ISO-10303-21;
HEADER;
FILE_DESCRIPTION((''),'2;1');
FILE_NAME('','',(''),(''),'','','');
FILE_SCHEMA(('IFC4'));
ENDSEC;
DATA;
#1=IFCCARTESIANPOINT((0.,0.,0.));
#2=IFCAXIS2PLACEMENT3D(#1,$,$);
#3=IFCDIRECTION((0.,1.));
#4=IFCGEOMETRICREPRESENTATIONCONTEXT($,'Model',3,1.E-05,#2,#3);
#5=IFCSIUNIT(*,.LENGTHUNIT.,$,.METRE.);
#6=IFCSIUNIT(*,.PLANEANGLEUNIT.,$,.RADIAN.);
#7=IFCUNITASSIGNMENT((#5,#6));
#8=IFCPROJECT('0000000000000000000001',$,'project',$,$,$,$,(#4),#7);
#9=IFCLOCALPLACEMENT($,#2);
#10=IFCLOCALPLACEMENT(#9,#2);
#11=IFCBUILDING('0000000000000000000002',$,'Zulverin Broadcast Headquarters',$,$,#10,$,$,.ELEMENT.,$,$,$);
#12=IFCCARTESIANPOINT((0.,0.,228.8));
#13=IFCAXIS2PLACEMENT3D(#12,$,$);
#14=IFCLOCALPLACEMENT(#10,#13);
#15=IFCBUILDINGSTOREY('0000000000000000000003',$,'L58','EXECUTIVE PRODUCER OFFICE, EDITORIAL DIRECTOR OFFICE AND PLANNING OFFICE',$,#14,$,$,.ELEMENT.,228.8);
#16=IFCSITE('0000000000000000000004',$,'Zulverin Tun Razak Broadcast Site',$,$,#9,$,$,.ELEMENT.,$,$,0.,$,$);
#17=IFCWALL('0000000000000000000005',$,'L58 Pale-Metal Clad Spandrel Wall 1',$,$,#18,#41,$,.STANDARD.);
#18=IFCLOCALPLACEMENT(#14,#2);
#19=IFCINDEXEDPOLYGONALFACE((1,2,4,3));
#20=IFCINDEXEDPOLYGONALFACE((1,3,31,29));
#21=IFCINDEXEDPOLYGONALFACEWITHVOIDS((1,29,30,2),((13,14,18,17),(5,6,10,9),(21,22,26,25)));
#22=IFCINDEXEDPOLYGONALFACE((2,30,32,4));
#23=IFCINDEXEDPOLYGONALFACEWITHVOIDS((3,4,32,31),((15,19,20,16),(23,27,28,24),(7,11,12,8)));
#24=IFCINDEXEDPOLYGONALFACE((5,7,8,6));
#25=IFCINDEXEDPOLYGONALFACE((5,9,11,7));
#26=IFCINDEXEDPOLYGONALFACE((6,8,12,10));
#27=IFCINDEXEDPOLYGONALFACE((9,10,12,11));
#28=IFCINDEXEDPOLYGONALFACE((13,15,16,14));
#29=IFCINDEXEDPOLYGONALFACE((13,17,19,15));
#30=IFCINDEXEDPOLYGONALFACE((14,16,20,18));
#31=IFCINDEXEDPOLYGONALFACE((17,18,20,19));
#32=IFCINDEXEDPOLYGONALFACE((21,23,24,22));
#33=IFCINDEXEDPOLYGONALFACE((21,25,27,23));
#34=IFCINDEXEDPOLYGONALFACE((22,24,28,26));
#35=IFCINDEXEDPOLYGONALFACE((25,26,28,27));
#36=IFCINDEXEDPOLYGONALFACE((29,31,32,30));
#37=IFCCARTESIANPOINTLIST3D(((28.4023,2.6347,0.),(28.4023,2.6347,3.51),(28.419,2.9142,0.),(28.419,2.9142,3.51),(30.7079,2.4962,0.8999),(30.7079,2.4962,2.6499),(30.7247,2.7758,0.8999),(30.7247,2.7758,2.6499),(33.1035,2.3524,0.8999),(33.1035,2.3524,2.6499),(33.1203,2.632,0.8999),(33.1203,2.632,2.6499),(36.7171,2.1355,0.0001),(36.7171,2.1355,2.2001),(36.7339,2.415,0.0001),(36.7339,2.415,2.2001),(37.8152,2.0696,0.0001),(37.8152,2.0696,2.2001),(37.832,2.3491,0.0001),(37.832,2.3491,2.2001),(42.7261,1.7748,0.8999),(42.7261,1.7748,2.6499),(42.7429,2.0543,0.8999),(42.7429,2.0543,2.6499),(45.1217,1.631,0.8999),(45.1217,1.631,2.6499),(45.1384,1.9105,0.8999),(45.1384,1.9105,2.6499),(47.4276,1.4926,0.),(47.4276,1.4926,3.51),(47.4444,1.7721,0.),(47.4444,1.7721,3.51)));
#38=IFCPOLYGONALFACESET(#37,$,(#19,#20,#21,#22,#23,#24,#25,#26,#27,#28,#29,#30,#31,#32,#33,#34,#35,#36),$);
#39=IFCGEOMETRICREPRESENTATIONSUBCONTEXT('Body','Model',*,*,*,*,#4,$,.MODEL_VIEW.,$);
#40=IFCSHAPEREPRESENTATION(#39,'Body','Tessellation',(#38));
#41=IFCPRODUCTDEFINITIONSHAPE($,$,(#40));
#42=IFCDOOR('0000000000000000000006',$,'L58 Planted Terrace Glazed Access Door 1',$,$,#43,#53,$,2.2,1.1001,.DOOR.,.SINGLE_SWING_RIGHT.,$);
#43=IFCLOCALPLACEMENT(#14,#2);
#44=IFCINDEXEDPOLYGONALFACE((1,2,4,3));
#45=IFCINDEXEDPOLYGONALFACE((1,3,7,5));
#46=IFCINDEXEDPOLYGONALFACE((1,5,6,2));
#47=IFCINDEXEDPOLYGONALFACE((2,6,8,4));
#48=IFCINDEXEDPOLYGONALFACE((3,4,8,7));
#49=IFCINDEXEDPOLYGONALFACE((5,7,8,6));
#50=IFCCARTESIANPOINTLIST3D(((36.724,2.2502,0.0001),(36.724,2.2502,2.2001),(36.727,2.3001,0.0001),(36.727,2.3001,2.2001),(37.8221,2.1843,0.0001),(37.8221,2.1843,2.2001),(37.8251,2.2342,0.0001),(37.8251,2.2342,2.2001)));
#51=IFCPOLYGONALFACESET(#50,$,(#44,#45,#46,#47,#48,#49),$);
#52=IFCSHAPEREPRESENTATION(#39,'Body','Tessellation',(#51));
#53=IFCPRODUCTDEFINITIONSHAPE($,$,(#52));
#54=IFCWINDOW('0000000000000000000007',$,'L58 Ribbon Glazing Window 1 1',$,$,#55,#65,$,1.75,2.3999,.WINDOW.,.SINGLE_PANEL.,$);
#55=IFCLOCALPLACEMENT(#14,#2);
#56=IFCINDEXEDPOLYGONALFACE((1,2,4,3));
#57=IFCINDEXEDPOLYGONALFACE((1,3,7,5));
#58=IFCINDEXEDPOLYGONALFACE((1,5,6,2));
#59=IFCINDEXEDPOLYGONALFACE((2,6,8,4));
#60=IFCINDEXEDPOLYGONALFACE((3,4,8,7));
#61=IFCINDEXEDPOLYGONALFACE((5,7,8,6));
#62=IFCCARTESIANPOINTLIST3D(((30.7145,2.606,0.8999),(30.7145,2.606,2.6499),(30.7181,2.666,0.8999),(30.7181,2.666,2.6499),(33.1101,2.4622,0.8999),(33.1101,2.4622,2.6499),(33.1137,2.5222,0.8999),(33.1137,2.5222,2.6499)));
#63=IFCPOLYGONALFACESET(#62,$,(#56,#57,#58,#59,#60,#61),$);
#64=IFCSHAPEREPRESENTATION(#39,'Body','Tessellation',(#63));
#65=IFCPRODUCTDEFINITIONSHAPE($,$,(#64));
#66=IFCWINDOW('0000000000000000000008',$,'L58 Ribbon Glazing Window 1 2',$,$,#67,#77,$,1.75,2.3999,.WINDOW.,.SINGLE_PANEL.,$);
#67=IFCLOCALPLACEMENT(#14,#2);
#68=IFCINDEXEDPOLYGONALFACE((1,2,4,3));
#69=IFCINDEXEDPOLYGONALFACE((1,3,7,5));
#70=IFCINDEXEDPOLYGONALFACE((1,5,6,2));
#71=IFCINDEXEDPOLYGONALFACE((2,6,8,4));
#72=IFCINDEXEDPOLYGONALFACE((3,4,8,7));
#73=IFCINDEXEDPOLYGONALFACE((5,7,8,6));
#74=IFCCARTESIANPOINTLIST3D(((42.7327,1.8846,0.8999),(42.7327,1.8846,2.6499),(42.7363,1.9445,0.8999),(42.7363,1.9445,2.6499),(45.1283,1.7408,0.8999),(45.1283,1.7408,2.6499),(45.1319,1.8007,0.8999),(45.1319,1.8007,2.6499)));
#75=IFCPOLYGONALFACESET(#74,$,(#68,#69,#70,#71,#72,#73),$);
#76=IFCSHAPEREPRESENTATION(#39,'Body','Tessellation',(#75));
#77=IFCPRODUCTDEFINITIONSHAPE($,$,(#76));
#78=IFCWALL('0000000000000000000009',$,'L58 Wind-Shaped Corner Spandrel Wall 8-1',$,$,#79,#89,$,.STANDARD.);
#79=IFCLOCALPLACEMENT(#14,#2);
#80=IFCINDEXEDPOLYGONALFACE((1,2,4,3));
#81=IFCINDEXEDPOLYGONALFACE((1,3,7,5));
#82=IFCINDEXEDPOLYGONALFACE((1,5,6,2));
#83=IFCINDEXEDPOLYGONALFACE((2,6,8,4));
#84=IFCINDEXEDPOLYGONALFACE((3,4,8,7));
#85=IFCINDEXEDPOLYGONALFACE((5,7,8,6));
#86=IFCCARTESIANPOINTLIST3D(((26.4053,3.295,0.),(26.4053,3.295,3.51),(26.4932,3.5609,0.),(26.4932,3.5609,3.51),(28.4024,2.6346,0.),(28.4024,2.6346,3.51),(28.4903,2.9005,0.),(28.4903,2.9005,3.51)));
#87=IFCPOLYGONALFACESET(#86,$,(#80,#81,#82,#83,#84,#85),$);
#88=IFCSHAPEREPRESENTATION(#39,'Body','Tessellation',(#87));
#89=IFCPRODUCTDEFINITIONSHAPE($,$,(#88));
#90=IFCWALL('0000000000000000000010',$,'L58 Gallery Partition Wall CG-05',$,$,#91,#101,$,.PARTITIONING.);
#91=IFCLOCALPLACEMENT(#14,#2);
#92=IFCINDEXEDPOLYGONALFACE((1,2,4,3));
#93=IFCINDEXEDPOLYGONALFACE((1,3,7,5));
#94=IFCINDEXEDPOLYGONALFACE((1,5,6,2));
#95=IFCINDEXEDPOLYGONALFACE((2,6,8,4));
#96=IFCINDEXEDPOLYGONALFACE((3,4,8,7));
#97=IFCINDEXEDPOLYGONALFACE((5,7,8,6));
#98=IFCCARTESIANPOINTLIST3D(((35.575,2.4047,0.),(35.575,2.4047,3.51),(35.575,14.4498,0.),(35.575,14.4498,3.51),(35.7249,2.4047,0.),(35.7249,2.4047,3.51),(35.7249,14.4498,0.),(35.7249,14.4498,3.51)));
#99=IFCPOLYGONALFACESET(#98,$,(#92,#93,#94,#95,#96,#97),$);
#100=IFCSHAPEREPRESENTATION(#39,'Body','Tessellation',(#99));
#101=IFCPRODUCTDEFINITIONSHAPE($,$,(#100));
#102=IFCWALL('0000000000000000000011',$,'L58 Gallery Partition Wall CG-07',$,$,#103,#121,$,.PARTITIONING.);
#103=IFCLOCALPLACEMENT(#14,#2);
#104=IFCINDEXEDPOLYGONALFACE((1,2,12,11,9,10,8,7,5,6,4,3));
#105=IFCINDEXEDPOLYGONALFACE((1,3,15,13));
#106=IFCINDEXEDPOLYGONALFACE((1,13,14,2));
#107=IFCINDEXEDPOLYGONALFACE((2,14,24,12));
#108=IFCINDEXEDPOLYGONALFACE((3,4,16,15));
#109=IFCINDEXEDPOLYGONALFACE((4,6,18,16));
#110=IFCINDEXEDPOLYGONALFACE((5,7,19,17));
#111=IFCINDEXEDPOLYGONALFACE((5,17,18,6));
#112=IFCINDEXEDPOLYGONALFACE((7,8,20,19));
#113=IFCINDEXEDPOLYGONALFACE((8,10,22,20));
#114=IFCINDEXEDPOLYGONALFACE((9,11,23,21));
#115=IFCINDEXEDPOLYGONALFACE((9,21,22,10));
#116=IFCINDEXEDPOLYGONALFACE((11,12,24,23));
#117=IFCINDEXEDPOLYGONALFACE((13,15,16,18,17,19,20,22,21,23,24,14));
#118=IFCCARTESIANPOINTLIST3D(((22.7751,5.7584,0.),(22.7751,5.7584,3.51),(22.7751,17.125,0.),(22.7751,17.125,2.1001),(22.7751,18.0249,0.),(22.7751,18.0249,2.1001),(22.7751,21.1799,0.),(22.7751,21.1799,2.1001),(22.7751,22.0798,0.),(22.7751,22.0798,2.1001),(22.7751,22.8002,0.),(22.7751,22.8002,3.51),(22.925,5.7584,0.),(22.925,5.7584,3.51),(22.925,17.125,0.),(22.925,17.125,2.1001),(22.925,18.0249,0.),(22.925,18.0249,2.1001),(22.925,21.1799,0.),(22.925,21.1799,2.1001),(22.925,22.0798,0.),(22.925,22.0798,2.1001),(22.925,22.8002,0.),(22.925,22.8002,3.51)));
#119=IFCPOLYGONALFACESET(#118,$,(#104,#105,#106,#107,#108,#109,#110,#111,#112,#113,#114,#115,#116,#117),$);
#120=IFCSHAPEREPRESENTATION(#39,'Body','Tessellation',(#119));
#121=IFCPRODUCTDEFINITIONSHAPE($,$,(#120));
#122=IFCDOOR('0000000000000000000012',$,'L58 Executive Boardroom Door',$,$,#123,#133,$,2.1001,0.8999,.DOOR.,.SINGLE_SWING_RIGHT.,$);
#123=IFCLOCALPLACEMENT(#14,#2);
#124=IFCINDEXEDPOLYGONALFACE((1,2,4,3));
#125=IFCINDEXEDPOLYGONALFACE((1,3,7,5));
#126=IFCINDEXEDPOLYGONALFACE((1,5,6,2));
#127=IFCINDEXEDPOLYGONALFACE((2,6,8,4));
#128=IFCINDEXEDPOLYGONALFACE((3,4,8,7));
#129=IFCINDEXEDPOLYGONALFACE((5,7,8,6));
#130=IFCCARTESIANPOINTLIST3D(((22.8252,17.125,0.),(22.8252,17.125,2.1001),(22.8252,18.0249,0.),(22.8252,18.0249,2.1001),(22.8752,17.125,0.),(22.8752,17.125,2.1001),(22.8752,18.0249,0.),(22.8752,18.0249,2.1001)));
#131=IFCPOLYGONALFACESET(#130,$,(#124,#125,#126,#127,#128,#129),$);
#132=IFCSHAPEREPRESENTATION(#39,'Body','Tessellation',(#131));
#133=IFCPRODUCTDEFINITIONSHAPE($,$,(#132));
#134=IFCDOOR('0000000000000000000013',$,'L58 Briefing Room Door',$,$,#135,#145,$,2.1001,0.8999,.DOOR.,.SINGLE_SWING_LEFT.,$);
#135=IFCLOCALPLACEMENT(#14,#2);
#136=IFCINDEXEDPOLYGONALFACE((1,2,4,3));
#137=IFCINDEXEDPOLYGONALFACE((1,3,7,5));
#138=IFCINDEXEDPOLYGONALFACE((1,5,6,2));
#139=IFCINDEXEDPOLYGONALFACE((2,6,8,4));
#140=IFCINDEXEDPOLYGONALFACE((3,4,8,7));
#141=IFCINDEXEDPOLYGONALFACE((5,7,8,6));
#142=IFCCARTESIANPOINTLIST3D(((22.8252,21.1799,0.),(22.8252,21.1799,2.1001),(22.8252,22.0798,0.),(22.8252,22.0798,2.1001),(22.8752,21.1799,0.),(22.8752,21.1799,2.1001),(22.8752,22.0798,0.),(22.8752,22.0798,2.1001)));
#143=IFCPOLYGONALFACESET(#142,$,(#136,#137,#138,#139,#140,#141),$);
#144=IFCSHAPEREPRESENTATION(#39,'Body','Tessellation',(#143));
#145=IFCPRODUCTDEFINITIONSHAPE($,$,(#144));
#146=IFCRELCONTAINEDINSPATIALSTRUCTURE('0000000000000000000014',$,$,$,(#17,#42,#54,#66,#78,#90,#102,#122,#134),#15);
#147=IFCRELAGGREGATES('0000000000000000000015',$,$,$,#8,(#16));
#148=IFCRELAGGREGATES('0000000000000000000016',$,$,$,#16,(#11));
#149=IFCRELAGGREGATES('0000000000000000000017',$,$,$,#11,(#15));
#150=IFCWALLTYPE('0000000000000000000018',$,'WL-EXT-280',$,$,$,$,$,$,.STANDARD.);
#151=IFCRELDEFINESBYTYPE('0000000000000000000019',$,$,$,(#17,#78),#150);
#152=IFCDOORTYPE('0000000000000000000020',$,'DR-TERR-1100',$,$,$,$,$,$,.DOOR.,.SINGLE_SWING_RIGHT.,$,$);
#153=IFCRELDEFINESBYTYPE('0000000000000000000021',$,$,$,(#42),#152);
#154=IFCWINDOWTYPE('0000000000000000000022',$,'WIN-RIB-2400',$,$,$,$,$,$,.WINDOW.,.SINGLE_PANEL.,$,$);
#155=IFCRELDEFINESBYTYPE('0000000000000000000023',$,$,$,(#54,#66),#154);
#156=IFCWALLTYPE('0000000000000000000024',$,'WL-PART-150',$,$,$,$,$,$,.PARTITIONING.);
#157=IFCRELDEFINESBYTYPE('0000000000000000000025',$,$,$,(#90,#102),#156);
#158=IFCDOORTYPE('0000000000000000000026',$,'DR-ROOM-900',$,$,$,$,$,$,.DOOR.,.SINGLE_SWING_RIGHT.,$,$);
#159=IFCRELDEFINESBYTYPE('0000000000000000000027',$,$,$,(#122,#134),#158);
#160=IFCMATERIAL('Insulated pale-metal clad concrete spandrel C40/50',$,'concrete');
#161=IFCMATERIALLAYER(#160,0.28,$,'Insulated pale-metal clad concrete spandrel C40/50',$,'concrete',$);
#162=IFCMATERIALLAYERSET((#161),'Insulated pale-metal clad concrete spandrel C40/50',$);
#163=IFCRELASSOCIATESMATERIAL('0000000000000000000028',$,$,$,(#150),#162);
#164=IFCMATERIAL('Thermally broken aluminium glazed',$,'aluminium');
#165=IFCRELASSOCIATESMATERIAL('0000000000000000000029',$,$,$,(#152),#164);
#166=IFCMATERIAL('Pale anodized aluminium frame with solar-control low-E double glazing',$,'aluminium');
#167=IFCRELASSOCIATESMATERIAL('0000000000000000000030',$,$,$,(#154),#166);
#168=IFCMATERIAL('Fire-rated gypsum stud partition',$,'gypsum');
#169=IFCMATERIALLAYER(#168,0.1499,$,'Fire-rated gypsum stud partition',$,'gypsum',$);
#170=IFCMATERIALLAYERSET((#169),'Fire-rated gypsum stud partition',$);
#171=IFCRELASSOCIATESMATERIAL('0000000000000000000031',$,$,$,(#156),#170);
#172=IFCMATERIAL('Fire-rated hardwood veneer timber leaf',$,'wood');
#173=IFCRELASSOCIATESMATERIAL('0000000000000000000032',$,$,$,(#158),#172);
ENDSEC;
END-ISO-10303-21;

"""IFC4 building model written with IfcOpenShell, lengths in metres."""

from ifc_helpers import new_model, si_unit, direction, frame, frame_2d, origin, place, context, subcontext, project, spatial, rectangle, extrude, material, layer, layer_set, type_object, element, fill, save


model = new_model("IFC4")

# Units and contexts
model_context = context("Model", 3, precision=1e-05, world=origin(), true_north=direction((0.0, 1.0)))
body_context = subcontext(model_context, "Body", "Model", "MODEL_VIEW")
ifc_project = project(units=[si_unit("LENGTHUNIT", "METRE"), si_unit("PLANEANGLEUNIT", "RADIAN")], contexts=[model_context])

# Site, building, storey
site_placement = place(None, origin())
site = spatial("IfcSite", under=ifc_project, at=site_placement, Name="Zulverin Tun Razak Broadcast Site", CompositionType="ELEMENT", RefElevation=0.0)
building_placement = place(site_placement, origin())
building = spatial("IfcBuilding", under=site, at=building_placement, Name="Zulverin Broadcast Headquarters", CompositionType="ELEMENT")
storey_placement = place(building_placement, frame((0.0, 0.0, 228.8)))
storey = spatial("IfcBuildingStorey", under=building, at=storey_placement, Name="L58", Description="EXECUTIVE PRODUCER OFFICE, EDITORIAL DIRECTOR OFFICE AND PLANNING OFFICE", CompositionType="ELEMENT", Elevation=228.8)

# Wall, openings, door, windows
ifc_material_1 = material(Name="Insulated pale-metal clad concrete spandrel C40/50", Category="concrete")
ifc_layer_1 = layer(ifc_material_1, 0.28, Name="Insulated pale-metal clad concrete spandrel C40/50", Category="concrete")
ifc_layer_set_1 = layer_set([ifc_layer_1], Name="Insulated pale-metal clad concrete spandrel C40/50")
wall_type_1 = type_object("IfcWallType", Name="WL-EXT-280", PredefinedType="STANDARD", material=ifc_layer_set_1)
wall_1_placement = place(storey_placement, frame((28.4106, 2.7744, 0.0), z_axis=(0.0, 0.0, 1.0), x_axis=(0.998203, -0.059922, 0.0)))
wall_1 = element("IfcWall", 1, at=wall_1_placement, inside=storey, type_object=wall_type_1, Name="L58 Pale-Metal Clad Spandrel Wall 1", PredefinedType="STANDARD", context=body_context, shape_type="SweptSolid", body=[
    extrude(rectangle(XDim=19.0596, YDim=0.28, at=frame_2d((9.5298, 0.0))), origin(), (0.0, 0.0, 1.0), 3.51),
])
opening_1_placement = place(wall_1_placement, frame((8.3298, 0.0, 0.0)))
opening_1 = element("IfcOpeningElement", 2, at=opening_1_placement, cuts=wall_1, PredefinedType="OPENING", context=body_context, shape_type="SweptSolid", body=[
    extrude(rectangle(XDim=1.1001, YDim=2.2, at=frame_2d((0.55, 1.1001))), frame((0.0, 0.1499, 0.0), z_axis=(0.0, -1.0, 0.0), x_axis=(1.0, 0.0, 0.0)), (0.0, 0.0, 1.0), 0.3),
])
opening_2_placement = place(wall_1_placement, frame((2.3098, 0.0, 0.8999)))
opening_2 = element("IfcOpeningElement", 3, at=opening_2_placement, cuts=wall_1, PredefinedType="OPENING", context=body_context, shape_type="SweptSolid", body=[
    extrude(rectangle(XDim=2.3999, YDim=1.75, at=frame_2d((1.2, 0.875))), frame((0.0, 0.1499, 0.0), z_axis=(0.0, -1.0, 0.0), x_axis=(1.0, 0.0, 0.0)), (0.0, 0.0, 1.0), 0.3),
])
opening_3_placement = place(wall_1_placement, frame((14.3496, 0.0, 0.8999)))
opening_3 = element("IfcOpeningElement", 4, at=opening_3_placement, cuts=wall_1, PredefinedType="OPENING", context=body_context, shape_type="SweptSolid", body=[
    extrude(rectangle(XDim=2.3999, YDim=1.75, at=frame_2d((1.2, 0.875))), frame((0.0, 0.1499, 0.0), z_axis=(0.0, -1.0, 0.0), x_axis=(1.0, 0.0, 0.0)), (0.0, 0.0, 1.0), 0.3),
])
ifc_material_2 = material(Name="Thermally broken aluminium glazed", Category="aluminium")
door_type_1 = type_object("IfcDoorType", Name="DR-TERR-1100", OperationType="SINGLE_SWING_RIGHT", PredefinedType="DOOR", material=ifc_material_2)
door_1_placement = place(opening_1_placement, origin())
door_1 = element("IfcDoor", 5, at=door_1_placement, inside=storey, type_object=door_type_1, Name="L58 Planted Terrace Glazed Access Door 1", OperationType="SINGLE_SWING_RIGHT", OverallHeight=2.2, OverallWidth=1.1001, PredefinedType="DOOR", context=body_context, shape_type="SweptSolid", body=[
    extrude(rectangle(XDim=1.1001, YDim=2.2, at=frame_2d((0.55, 1.1001))), frame((0.0, 0.0249, 0.0), z_axis=(0.0, -1.0, 0.0), x_axis=(1.0, 0.0, 0.0)), (0.0, 0.0, 1.0), 0.05),
])
fill(opening_1, door_1)
ifc_material_3 = material(Name="Pale anodized aluminium frame with solar-control low-E double glazing", Category="aluminium")
window_type = type_object("IfcWindowType", Name="WIN-RIB-2400", PartitioningType="SINGLE_PANEL", PredefinedType="WINDOW", material=ifc_material_3)
window_1_placement = place(opening_2_placement, origin())
window_1 = element("IfcWindow", 6, at=window_1_placement, inside=storey, type_object=window_type, Name="L58 Ribbon Glazing Window 1 1", OverallHeight=1.75, OverallWidth=2.3999, PartitioningType="SINGLE_PANEL", PredefinedType="WINDOW", context=body_context, shape_type="SweptSolid", body=[
    extrude(rectangle(XDim=2.3999, YDim=1.75, at=frame_2d((1.2, 0.875))), frame((0.0, 0.03, 0.0), z_axis=(0.0, -1.0, 0.0), x_axis=(1.0, 0.0, 0.0)), (0.0, 0.0, 1.0), 0.0601),
])
fill(opening_2, window_1)
window_2_placement = place(opening_3_placement, origin())
window_2 = element("IfcWindow", 7, at=window_2_placement, inside=storey, type_object=window_type, Name="L58 Ribbon Glazing Window 1 2", OverallHeight=1.75, OverallWidth=2.3999, PartitioningType="SINGLE_PANEL", PredefinedType="WINDOW", context=body_context, shape_type="SweptSolid", body=[
    extrude(rectangle(XDim=2.3999, YDim=1.75, at=frame_2d((1.2, 0.875))), frame((0.0, 0.03, 0.0), z_axis=(0.0, -1.0, 0.0), x_axis=(1.0, 0.0, 0.0)), (0.0, 0.0, 1.0), 0.0601),
])
fill(opening_3, window_2)

# Walls
wall_2_placement = place(storey_placement, frame((26.4492, 3.428, 0.0), z_axis=(0.0, 0.0, 1.0), x_axis=(0.949435, -0.313964, 0.0)))
element("IfcWall", 8, at=wall_2_placement, inside=storey, type_object=wall_type_1, Name="L58 Wind-Shaped Corner Spandrel Wall 8-1", PredefinedType="STANDARD", context=body_context, shape_type="SweptSolid", body=[
    extrude(rectangle(XDim=2.1035, YDim=0.28, at=frame_2d((1.0518, 0.0))), origin(), (0.0, 0.0, 1.0), 3.51),
])
ifc_material_4 = material(Name="Fire-rated gypsum stud partition", Category="gypsum")
ifc_layer_2 = layer(ifc_material_4, 0.1499, Name="Fire-rated gypsum stud partition", Category="gypsum")
ifc_layer_set_2 = layer_set([ifc_layer_2], Name="Fire-rated gypsum stud partition")
wall_type_2 = type_object("IfcWallType", Name="WL-PART-150", PredefinedType="PARTITIONING", material=ifc_layer_set_2)
wall_3_placement = place(storey_placement, frame((35.6499, 2.4048, 0.0), z_axis=(0.0, 0.0, 1.0), x_axis=(0.0, 1.0, 0.0)))
element("IfcWall", 9, at=wall_3_placement, inside=storey, type_object=wall_type_2, Name="L58 Gallery Partition Wall CG-05", PredefinedType="PARTITIONING", context=body_context, shape_type="SweptSolid", body=[
    extrude(rectangle(XDim=12.0452, YDim=0.1499, at=frame_2d((6.0225, 0.0))), origin(), (0.0, 0.0, 1.0), 3.51),
])

# Wall, openings, doors
wall_4_placement = place(storey_placement, frame((22.8501, 5.7583, 0.0), z_axis=(0.0, 0.0, 1.0), x_axis=(0.0, 1.0, 0.0)))
wall_4 = element("IfcWall", 10, at=wall_4_placement, inside=storey, type_object=wall_type_2, Name="L58 Gallery Partition Wall CG-07", PredefinedType="PARTITIONING", context=body_context, shape_type="SweptSolid", body=[
    extrude(rectangle(XDim=17.0417, YDim=0.1499, at=frame_2d((8.521, 0.0))), origin(), (0.0, 0.0, 1.0), 3.51),
])
opening_4_placement = place(wall_4_placement, frame((11.3667, 0.0, 0.0)))
opening_4 = element("IfcOpeningElement", 11, at=opening_4_placement, cuts=wall_4, PredefinedType="OPENING", context=body_context, shape_type="SweptSolid", body=[
    extrude(rectangle(XDim=0.8999, YDim=2.1001, at=frame_2d((0.45, 1.05))), frame((0.0, 0.085, 0.0), z_axis=(0.0, -1.0, 0.0), x_axis=(1.0, 0.0, 0.0)), (0.0, 0.0, 1.0), 0.1699),
])
opening_5_placement = place(wall_4_placement, frame((15.4216, 0.0, 0.0)))
opening_5 = element("IfcOpeningElement", 12, at=opening_5_placement, cuts=wall_4, PredefinedType="OPENING", context=body_context, shape_type="SweptSolid", body=[
    extrude(rectangle(XDim=0.8999, YDim=2.1001, at=frame_2d((0.45, 1.05))), frame((0.0, 0.085, 0.0), z_axis=(0.0, -1.0, 0.0), x_axis=(1.0, 0.0, 0.0)), (0.0, 0.0, 1.0), 0.1699),
])
ifc_material_5 = material(Name="Fire-rated hardwood veneer timber leaf", Category="wood")
door_type_2 = type_object("IfcDoorType", Name="DR-ROOM-900", OperationType="SINGLE_SWING_RIGHT", PredefinedType="DOOR", material=ifc_material_5)
door_2_placement = place(opening_4_placement, origin())
door_2 = element("IfcDoor", 13, at=door_2_placement, inside=storey, type_object=door_type_2, Name="L58 Executive Boardroom Door", OperationType="SINGLE_SWING_RIGHT", OverallHeight=2.1001, OverallWidth=0.8999, PredefinedType="DOOR", context=body_context, shape_type="SweptSolid", body=[
    extrude(rectangle(XDim=0.8999, YDim=2.1001, at=frame_2d((0.45, 1.05))), frame((0.0, 0.0249, 0.0), z_axis=(0.0, -1.0, 0.0), x_axis=(1.0, 0.0, 0.0)), (0.0, 0.0, 1.0), 0.05),
])
fill(opening_4, door_2)
door_3_placement = place(opening_5_placement, origin())
door_3 = element("IfcDoor", 14, at=door_3_placement, inside=storey, type_object=door_type_2, Name="L58 Briefing Room Door", OperationType="SINGLE_SWING_LEFT", OverallHeight=2.1001, OverallWidth=0.8999, PredefinedType="DOOR", context=body_context, shape_type="SweptSolid", body=[
    extrude(rectangle(XDim=0.8999, YDim=2.1001, at=frame_2d((0.45, 1.05))), frame((0.0, 0.0249, 0.0), z_axis=(0.0, -1.0, 0.0), x_axis=(1.0, 0.0, 0.0)), (0.0, 0.0, 1.0), 0.05),
])
fill(opening_5, door_3)

save(model, "model.ifc")
